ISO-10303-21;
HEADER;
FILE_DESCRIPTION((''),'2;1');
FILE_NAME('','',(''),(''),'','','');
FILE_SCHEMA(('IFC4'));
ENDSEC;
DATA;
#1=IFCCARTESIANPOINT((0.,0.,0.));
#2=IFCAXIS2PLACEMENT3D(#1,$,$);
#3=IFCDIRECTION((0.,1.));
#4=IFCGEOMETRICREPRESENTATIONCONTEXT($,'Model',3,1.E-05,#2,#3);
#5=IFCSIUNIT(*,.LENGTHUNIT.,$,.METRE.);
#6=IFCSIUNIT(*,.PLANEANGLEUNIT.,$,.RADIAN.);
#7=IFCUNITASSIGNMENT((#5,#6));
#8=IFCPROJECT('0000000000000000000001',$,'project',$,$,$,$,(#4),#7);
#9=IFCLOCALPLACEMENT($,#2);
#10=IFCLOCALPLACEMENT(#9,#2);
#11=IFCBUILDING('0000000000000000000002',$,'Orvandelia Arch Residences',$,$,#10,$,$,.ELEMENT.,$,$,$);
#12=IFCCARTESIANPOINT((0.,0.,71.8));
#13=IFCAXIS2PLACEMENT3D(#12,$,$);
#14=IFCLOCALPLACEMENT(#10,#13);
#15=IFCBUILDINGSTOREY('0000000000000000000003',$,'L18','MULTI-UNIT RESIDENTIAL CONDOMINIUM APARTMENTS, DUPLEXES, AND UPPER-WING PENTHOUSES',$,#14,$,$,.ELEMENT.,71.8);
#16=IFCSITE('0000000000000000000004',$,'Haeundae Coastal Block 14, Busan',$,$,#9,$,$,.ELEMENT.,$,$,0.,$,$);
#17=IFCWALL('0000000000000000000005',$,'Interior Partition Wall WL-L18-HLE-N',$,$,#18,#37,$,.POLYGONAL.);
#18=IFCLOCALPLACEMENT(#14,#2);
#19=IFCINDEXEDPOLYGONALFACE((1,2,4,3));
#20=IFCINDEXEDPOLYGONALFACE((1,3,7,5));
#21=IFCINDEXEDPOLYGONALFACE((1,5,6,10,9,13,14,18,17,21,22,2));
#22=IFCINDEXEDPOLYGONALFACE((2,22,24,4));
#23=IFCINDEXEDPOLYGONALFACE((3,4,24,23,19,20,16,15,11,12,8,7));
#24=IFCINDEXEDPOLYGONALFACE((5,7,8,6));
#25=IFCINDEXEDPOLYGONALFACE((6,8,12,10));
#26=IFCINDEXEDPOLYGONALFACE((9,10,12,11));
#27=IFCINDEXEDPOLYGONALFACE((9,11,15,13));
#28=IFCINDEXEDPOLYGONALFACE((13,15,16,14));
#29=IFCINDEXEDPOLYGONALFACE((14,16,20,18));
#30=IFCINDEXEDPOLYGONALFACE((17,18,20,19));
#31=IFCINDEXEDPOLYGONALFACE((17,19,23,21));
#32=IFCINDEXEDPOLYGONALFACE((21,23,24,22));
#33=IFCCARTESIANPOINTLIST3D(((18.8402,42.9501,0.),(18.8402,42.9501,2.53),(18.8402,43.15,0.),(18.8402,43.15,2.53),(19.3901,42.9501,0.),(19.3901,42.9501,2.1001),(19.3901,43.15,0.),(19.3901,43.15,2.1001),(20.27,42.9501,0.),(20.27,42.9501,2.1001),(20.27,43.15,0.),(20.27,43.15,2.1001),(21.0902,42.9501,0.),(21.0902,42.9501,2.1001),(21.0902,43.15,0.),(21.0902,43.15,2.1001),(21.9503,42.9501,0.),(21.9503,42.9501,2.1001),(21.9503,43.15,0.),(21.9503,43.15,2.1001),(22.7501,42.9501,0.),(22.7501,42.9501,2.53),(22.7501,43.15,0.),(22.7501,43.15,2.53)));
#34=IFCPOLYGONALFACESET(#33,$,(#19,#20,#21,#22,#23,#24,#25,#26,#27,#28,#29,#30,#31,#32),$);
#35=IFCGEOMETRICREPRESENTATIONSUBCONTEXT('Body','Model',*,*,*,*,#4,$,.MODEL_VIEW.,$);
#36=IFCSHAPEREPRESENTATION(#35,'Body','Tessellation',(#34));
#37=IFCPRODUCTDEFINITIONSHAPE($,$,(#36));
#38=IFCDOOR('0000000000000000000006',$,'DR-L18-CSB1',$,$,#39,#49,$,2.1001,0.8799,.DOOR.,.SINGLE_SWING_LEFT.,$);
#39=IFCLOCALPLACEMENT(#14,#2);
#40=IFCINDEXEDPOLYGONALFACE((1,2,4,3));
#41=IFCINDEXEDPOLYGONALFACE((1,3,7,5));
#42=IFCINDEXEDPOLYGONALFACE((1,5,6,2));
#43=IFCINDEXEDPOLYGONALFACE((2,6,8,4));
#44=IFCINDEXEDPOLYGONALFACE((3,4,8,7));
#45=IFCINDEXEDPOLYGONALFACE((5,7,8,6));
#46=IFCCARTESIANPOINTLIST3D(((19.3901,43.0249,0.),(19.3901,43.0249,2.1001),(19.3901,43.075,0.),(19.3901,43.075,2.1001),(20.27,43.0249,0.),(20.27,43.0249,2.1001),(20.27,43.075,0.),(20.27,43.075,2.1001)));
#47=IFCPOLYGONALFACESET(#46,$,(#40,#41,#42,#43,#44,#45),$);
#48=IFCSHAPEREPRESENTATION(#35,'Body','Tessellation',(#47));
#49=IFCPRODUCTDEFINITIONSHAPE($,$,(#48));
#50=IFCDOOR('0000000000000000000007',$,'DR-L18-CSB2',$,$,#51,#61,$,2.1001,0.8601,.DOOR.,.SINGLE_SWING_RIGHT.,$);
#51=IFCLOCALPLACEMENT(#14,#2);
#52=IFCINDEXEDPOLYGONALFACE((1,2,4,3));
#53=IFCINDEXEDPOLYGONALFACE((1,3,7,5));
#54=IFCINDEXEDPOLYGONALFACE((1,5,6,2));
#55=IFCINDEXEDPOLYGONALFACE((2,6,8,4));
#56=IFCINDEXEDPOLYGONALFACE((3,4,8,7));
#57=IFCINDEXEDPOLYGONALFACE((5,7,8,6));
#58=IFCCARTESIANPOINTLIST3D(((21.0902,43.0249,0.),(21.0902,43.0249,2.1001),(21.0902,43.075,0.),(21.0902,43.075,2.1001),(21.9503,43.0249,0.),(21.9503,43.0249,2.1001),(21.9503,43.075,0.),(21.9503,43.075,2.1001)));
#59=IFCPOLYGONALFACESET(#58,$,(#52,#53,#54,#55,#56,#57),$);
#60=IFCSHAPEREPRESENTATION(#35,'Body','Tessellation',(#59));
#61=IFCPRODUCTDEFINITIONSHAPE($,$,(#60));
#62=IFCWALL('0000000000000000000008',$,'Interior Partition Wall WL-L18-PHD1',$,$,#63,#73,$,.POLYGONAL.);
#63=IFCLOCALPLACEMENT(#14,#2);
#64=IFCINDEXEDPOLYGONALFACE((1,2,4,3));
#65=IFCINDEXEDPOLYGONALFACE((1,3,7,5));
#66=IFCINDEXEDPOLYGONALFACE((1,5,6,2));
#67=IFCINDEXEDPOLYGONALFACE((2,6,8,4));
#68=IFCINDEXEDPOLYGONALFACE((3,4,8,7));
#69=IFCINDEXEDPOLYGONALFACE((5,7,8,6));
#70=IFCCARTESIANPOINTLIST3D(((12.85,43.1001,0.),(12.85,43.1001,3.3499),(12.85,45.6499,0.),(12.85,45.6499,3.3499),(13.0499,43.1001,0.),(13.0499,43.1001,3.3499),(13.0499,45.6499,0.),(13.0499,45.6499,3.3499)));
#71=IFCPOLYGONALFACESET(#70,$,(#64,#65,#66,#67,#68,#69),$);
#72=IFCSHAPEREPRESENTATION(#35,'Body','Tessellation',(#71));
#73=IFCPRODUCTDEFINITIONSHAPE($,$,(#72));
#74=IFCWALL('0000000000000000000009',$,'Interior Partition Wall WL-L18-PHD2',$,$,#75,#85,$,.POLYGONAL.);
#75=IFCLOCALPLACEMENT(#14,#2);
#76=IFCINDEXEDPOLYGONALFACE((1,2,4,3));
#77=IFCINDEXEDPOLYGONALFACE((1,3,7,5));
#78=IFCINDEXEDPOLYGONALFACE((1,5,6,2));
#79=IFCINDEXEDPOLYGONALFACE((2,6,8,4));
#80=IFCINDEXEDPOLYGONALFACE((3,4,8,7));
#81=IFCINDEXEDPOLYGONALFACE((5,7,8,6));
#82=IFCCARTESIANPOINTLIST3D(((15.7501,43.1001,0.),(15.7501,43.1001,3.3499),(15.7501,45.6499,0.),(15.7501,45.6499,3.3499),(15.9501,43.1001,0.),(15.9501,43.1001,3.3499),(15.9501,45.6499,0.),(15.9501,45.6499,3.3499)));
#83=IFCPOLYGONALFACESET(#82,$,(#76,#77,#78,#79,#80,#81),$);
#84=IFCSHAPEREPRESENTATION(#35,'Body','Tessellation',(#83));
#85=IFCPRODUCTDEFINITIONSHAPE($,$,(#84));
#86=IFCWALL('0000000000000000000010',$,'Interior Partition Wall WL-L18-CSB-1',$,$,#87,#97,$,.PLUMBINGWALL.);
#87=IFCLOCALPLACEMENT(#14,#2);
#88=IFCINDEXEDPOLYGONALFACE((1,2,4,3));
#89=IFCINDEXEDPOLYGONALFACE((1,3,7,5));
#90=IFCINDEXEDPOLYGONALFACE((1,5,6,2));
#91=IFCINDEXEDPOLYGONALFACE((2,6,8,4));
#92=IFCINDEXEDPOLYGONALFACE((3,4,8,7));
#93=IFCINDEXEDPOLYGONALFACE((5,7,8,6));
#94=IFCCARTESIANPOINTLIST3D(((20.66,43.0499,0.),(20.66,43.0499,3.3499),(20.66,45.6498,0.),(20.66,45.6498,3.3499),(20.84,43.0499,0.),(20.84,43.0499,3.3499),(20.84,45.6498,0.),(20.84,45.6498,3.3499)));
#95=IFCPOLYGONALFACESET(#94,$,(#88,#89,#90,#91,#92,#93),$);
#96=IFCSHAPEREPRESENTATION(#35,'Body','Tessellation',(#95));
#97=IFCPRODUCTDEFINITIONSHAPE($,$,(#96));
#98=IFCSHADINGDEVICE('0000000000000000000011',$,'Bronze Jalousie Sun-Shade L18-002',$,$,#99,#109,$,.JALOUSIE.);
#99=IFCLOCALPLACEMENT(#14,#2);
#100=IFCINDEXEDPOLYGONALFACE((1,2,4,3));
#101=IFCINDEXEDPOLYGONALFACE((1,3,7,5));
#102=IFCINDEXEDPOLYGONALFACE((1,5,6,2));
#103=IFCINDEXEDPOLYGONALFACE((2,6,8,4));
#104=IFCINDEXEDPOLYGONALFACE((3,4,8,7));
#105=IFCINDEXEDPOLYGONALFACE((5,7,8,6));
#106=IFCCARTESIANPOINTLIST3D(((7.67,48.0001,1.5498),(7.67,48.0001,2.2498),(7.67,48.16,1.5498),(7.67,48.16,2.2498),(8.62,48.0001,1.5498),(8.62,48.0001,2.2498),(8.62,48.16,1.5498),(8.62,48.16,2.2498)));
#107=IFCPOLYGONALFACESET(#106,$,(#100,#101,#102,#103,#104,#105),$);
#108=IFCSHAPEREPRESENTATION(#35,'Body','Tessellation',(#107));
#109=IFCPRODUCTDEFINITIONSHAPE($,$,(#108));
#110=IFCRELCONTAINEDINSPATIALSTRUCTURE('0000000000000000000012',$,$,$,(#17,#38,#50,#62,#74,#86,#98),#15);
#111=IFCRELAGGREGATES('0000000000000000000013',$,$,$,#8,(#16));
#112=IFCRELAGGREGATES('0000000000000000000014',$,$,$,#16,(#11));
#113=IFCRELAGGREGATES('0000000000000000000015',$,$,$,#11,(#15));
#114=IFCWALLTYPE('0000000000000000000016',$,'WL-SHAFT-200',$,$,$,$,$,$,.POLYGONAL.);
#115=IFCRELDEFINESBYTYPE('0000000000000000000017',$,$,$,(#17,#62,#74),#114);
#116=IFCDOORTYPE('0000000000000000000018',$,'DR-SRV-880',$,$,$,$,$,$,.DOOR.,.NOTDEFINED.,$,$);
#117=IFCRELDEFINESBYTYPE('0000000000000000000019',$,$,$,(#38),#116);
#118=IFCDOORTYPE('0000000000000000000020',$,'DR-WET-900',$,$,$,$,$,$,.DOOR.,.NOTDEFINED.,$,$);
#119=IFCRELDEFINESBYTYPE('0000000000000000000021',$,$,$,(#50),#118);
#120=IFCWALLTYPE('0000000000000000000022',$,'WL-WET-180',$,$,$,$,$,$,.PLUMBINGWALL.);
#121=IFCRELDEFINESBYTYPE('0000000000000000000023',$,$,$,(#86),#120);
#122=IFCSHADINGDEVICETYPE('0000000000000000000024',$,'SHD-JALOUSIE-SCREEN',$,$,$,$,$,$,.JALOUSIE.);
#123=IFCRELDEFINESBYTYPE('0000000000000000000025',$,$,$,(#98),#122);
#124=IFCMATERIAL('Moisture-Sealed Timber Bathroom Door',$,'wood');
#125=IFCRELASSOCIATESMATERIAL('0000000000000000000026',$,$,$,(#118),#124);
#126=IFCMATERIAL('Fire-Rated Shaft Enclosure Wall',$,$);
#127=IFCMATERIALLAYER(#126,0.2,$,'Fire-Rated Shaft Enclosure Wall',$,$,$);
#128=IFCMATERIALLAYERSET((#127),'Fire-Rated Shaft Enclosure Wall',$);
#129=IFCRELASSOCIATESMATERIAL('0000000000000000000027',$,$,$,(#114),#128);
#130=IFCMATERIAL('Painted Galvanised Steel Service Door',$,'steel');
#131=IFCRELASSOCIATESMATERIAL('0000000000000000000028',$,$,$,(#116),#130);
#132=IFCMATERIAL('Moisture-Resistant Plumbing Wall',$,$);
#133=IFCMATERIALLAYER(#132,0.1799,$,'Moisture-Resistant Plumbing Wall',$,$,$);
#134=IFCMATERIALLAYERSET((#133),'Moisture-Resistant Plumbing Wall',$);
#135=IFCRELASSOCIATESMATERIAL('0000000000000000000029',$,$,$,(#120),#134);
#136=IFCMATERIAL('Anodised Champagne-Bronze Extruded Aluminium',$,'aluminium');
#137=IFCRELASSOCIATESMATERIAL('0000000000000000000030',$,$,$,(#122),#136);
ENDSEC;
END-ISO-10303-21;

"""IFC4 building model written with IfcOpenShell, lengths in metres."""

from ifc_helpers import new_model, si_unit, direction, frame, frame_2d, origin, origin_2d, place, context, subcontext, project, spatial, rectangle, extrude, material, layer, layer_set, type_object, element, fill, save


model = new_model("IFC4")

# Units and contexts
model_context = context("Model", 3, precision=1e-05, world=origin(), true_north=direction((0.0, 1.0)))
body_context = subcontext(model_context, "Body", "Model", "MODEL_VIEW")
ifc_project = project(units=[si_unit("LENGTHUNIT", "METRE"), si_unit("PLANEANGLEUNIT", "RADIAN")], contexts=[model_context])

# Site, building, storey
site_placement = place(None, origin())
site = spatial("IfcSite", under=ifc_project, at=site_placement, Name="Haeundae Coastal Block 14, Busan", CompositionType="ELEMENT", RefElevation=0.0)
building_placement = place(site_placement, origin())
building = spatial("IfcBuilding", under=site, at=building_placement, Name="Orvandelia Arch Residences", CompositionType="ELEMENT")
storey_placement = place(building_placement, frame((0.0, 0.0, 71.8)))
storey = spatial("IfcBuildingStorey", under=building, at=storey_placement, Name="L18", Description="MULTI-UNIT RESIDENTIAL CONDOMINIUM APARTMENTS, DUPLEXES, AND UPPER-WING PENTHOUSES", CompositionType="ELEMENT", Elevation=71.8)

# Shared definitions
ifc_material_1 = material(Name="Moisture-Sealed Timber Bathroom Door", Category="wood")
door_type_1 = type_object("IfcDoorType", Name="DR-WET-900", OperationType="NOTDEFINED", PredefinedType="DOOR", material=ifc_material_1)

# Shared definitions
ifc_material_2 = material(Name="Fire-Rated Shaft Enclosure Wall")
ifc_layer_1 = layer(ifc_material_2, 0.2, Name="Fire-Rated Shaft Enclosure Wall")
ifc_layer_set_1 = layer_set([ifc_layer_1], Name="Fire-Rated Shaft Enclosure Wall")
wall_type_1 = type_object("IfcWallType", Name="WL-SHAFT-200", PredefinedType="POLYGONAL", material=ifc_layer_set_1)

# Wall, openings, doors
ifc_material_3 = material(Name="Painted Galvanised Steel Service Door", Category="steel")
door_type_2 = type_object("IfcDoorType", Name="DR-SRV-880", OperationType="NOTDEFINED", PredefinedType="DOOR", material=ifc_material_3)
wall_1_placement = place(storey_placement, frame((18.8401, 43.05, 0.0), z_axis=(0.0, 0.0, 1.0), x_axis=(1.0, 0.0, 0.0)))
wall_1 = element("IfcWall", 1, at=wall_1_placement, inside=storey, type_object=wall_type_1, Name="Interior Partition Wall WL-L18-HLE-N", PredefinedType="POLYGONAL", context=body_context, shape_type="SweptSolid", body=[
    extrude(rectangle(XDim=3.9099, YDim=0.2, at=frame_2d((1.9551, 0.0))), origin(), (0.0, 0.0, 1.0), 2.53),
])
opening_1_placement = place(wall_1_placement, frame((0.55, 0.0, 0.0)))
opening_1 = element("IfcOpeningElement", 2, at=opening_1_placement, cuts=wall_1, PredefinedType="OPENING", context=body_context, shape_type="SweptSolid", body=[
    extrude(rectangle(XDim=0.8799, YDim=2.1001, at=frame_2d((0.4399, 1.05))), frame((0.0, 0.1099, 0.0), z_axis=(0.0, -1.0, 0.0), x_axis=(1.0, 0.0, 0.0)), (0.0, 0.0, 1.0), 0.22),
])
opening_2_placement = place(wall_1_placement, frame((2.25, 0.0, 0.0)))
opening_2 = element("IfcOpeningElement", 3, at=opening_2_placement, cuts=wall_1, PredefinedType="OPENING", context=body_context, shape_type="SweptSolid", body=[
    extrude(rectangle(XDim=0.8601, YDim=2.1001, at=frame_2d((0.4302, 1.05))), frame((0.0, 0.1099, 0.0), z_axis=(0.0, -1.0, 0.0), x_axis=(1.0, 0.0, 0.0)), (0.0, 0.0, 1.0), 0.22),
])
door_1_placement = place(opening_1_placement, origin())
door_1 = element("IfcDoor", 4, at=door_1_placement, inside=storey, type_object=door_type_2, Name="DR-L18-CSB1", OperationType="SINGLE_SWING_LEFT", OverallHeight=2.1001, OverallWidth=0.8799, PredefinedType="DOOR", context=body_context, shape_type="SweptSolid", body=[
    extrude(rectangle(XDim=0.8799, YDim=2.1001, at=frame_2d((0.4399, 1.05))), frame((0.0, 0.0249, 0.0), z_axis=(0.0, -1.0, 0.0), x_axis=(1.0, 0.0, 0.0)), (0.0, 0.0, 1.0), 0.05),
])
fill(opening_1, door_1)
door_2_placement = place(opening_2_placement, origin())
door_2 = element("IfcDoor", 5, at=door_2_placement, inside=storey, type_object=door_type_1, Name="DR-L18-CSB2", OperationType="SINGLE_SWING_RIGHT", OverallHeight=2.1001, OverallWidth=0.8601, PredefinedType="DOOR", context=body_context, shape_type="SweptSolid", body=[
    extrude(rectangle(XDim=0.8601, YDim=2.1001, at=frame_2d((0.4302, 1.05))), frame((0.0, 0.0249, 0.0), z_axis=(0.0, -1.0, 0.0), x_axis=(1.0, 0.0, 0.0)), (0.0, 0.0, 1.0), 0.05),
])
fill(opening_2, door_2)

# Walls
for number, where, z_axis, x_axis, name in (
    (6, (12.95, 43.1001, 0.0), (0.0, 0.0, 1.0), (0.0, 1.0, 0.0), "Interior Partition Wall WL-L18-PHD1"),
    (7, (15.8501, 43.1001, 0.0), (0.0, 0.0, 1.0), (0.0, 1.0, 0.0), "Interior Partition Wall WL-L18-PHD2"),
):
    element("IfcWall", number, at=place(storey_placement, frame(where, z_axis=z_axis, x_axis=x_axis)), inside=storey, type_object=wall_type_1, Name=name, PredefinedType="POLYGONAL", context=body_context, shape_type="SweptSolid", body=[
        extrude(rectangle(XDim=2.5498, YDim=0.2, at=frame_2d((1.2749, 0.0))), origin(), (0.0, 0.0, 1.0), 3.3499),
    ])
ifc_material_4 = material(Name="Moisture-Resistant Plumbing Wall")
ifc_layer_2 = layer(ifc_material_4, 0.1799, Name="Moisture-Resistant Plumbing Wall")
ifc_layer_set_2 = layer_set([ifc_layer_2], Name="Moisture-Resistant Plumbing Wall")
wall_type_2 = type_object("IfcWallType", Name="WL-WET-180", PredefinedType="PLUMBINGWALL", material=ifc_layer_set_2)
wall_2_placement = place(storey_placement, frame((20.75, 43.05, 0.0), z_axis=(0.0, 0.0, 1.0), x_axis=(0.0, 1.0, 0.0)))
element("IfcWall", 8, at=wall_2_placement, inside=storey, type_object=wall_type_2, Name="Interior Partition Wall WL-L18-CSB-1", PredefinedType="PLUMBINGWALL", context=body_context, shape_type="SweptSolid", body=[
    extrude(rectangle(XDim=2.5999, YDim=0.1799, at=frame_2d((1.2998, 0.0))), origin(), (0.0, 0.0, 1.0), 3.3499),
])

# Shading device
ifc_material_5 = material(Name="Anodised Champagne-Bronze Extruded Aluminium", Category="aluminium")
shading_device_type = type_object("IfcShadingDeviceType", Name="SHD-JALOUSIE-SCREEN", PredefinedType="JALOUSIE", material=ifc_material_5)
shading_device_placement = place(storey_placement, frame((8.145, 48.0801, 1.5498), z_axis=(0.0, 0.0, 1.0), x_axis=(1.0, 0.0, 0.0)))
element("IfcShadingDevice", 9, at=shading_device_placement, inside=storey, type_object=shading_device_type, Name="Bronze Jalousie Sun-Shade L18-002", PredefinedType="JALOUSIE", context=body_context, shape_type="SweptSolid", body=[
    extrude(rectangle(XDim=0.95, YDim=0.1599, at=origin_2d()), origin(), (0.0, 0.0, 1.0), 0.7),
])

save(model, "model.ifc")
